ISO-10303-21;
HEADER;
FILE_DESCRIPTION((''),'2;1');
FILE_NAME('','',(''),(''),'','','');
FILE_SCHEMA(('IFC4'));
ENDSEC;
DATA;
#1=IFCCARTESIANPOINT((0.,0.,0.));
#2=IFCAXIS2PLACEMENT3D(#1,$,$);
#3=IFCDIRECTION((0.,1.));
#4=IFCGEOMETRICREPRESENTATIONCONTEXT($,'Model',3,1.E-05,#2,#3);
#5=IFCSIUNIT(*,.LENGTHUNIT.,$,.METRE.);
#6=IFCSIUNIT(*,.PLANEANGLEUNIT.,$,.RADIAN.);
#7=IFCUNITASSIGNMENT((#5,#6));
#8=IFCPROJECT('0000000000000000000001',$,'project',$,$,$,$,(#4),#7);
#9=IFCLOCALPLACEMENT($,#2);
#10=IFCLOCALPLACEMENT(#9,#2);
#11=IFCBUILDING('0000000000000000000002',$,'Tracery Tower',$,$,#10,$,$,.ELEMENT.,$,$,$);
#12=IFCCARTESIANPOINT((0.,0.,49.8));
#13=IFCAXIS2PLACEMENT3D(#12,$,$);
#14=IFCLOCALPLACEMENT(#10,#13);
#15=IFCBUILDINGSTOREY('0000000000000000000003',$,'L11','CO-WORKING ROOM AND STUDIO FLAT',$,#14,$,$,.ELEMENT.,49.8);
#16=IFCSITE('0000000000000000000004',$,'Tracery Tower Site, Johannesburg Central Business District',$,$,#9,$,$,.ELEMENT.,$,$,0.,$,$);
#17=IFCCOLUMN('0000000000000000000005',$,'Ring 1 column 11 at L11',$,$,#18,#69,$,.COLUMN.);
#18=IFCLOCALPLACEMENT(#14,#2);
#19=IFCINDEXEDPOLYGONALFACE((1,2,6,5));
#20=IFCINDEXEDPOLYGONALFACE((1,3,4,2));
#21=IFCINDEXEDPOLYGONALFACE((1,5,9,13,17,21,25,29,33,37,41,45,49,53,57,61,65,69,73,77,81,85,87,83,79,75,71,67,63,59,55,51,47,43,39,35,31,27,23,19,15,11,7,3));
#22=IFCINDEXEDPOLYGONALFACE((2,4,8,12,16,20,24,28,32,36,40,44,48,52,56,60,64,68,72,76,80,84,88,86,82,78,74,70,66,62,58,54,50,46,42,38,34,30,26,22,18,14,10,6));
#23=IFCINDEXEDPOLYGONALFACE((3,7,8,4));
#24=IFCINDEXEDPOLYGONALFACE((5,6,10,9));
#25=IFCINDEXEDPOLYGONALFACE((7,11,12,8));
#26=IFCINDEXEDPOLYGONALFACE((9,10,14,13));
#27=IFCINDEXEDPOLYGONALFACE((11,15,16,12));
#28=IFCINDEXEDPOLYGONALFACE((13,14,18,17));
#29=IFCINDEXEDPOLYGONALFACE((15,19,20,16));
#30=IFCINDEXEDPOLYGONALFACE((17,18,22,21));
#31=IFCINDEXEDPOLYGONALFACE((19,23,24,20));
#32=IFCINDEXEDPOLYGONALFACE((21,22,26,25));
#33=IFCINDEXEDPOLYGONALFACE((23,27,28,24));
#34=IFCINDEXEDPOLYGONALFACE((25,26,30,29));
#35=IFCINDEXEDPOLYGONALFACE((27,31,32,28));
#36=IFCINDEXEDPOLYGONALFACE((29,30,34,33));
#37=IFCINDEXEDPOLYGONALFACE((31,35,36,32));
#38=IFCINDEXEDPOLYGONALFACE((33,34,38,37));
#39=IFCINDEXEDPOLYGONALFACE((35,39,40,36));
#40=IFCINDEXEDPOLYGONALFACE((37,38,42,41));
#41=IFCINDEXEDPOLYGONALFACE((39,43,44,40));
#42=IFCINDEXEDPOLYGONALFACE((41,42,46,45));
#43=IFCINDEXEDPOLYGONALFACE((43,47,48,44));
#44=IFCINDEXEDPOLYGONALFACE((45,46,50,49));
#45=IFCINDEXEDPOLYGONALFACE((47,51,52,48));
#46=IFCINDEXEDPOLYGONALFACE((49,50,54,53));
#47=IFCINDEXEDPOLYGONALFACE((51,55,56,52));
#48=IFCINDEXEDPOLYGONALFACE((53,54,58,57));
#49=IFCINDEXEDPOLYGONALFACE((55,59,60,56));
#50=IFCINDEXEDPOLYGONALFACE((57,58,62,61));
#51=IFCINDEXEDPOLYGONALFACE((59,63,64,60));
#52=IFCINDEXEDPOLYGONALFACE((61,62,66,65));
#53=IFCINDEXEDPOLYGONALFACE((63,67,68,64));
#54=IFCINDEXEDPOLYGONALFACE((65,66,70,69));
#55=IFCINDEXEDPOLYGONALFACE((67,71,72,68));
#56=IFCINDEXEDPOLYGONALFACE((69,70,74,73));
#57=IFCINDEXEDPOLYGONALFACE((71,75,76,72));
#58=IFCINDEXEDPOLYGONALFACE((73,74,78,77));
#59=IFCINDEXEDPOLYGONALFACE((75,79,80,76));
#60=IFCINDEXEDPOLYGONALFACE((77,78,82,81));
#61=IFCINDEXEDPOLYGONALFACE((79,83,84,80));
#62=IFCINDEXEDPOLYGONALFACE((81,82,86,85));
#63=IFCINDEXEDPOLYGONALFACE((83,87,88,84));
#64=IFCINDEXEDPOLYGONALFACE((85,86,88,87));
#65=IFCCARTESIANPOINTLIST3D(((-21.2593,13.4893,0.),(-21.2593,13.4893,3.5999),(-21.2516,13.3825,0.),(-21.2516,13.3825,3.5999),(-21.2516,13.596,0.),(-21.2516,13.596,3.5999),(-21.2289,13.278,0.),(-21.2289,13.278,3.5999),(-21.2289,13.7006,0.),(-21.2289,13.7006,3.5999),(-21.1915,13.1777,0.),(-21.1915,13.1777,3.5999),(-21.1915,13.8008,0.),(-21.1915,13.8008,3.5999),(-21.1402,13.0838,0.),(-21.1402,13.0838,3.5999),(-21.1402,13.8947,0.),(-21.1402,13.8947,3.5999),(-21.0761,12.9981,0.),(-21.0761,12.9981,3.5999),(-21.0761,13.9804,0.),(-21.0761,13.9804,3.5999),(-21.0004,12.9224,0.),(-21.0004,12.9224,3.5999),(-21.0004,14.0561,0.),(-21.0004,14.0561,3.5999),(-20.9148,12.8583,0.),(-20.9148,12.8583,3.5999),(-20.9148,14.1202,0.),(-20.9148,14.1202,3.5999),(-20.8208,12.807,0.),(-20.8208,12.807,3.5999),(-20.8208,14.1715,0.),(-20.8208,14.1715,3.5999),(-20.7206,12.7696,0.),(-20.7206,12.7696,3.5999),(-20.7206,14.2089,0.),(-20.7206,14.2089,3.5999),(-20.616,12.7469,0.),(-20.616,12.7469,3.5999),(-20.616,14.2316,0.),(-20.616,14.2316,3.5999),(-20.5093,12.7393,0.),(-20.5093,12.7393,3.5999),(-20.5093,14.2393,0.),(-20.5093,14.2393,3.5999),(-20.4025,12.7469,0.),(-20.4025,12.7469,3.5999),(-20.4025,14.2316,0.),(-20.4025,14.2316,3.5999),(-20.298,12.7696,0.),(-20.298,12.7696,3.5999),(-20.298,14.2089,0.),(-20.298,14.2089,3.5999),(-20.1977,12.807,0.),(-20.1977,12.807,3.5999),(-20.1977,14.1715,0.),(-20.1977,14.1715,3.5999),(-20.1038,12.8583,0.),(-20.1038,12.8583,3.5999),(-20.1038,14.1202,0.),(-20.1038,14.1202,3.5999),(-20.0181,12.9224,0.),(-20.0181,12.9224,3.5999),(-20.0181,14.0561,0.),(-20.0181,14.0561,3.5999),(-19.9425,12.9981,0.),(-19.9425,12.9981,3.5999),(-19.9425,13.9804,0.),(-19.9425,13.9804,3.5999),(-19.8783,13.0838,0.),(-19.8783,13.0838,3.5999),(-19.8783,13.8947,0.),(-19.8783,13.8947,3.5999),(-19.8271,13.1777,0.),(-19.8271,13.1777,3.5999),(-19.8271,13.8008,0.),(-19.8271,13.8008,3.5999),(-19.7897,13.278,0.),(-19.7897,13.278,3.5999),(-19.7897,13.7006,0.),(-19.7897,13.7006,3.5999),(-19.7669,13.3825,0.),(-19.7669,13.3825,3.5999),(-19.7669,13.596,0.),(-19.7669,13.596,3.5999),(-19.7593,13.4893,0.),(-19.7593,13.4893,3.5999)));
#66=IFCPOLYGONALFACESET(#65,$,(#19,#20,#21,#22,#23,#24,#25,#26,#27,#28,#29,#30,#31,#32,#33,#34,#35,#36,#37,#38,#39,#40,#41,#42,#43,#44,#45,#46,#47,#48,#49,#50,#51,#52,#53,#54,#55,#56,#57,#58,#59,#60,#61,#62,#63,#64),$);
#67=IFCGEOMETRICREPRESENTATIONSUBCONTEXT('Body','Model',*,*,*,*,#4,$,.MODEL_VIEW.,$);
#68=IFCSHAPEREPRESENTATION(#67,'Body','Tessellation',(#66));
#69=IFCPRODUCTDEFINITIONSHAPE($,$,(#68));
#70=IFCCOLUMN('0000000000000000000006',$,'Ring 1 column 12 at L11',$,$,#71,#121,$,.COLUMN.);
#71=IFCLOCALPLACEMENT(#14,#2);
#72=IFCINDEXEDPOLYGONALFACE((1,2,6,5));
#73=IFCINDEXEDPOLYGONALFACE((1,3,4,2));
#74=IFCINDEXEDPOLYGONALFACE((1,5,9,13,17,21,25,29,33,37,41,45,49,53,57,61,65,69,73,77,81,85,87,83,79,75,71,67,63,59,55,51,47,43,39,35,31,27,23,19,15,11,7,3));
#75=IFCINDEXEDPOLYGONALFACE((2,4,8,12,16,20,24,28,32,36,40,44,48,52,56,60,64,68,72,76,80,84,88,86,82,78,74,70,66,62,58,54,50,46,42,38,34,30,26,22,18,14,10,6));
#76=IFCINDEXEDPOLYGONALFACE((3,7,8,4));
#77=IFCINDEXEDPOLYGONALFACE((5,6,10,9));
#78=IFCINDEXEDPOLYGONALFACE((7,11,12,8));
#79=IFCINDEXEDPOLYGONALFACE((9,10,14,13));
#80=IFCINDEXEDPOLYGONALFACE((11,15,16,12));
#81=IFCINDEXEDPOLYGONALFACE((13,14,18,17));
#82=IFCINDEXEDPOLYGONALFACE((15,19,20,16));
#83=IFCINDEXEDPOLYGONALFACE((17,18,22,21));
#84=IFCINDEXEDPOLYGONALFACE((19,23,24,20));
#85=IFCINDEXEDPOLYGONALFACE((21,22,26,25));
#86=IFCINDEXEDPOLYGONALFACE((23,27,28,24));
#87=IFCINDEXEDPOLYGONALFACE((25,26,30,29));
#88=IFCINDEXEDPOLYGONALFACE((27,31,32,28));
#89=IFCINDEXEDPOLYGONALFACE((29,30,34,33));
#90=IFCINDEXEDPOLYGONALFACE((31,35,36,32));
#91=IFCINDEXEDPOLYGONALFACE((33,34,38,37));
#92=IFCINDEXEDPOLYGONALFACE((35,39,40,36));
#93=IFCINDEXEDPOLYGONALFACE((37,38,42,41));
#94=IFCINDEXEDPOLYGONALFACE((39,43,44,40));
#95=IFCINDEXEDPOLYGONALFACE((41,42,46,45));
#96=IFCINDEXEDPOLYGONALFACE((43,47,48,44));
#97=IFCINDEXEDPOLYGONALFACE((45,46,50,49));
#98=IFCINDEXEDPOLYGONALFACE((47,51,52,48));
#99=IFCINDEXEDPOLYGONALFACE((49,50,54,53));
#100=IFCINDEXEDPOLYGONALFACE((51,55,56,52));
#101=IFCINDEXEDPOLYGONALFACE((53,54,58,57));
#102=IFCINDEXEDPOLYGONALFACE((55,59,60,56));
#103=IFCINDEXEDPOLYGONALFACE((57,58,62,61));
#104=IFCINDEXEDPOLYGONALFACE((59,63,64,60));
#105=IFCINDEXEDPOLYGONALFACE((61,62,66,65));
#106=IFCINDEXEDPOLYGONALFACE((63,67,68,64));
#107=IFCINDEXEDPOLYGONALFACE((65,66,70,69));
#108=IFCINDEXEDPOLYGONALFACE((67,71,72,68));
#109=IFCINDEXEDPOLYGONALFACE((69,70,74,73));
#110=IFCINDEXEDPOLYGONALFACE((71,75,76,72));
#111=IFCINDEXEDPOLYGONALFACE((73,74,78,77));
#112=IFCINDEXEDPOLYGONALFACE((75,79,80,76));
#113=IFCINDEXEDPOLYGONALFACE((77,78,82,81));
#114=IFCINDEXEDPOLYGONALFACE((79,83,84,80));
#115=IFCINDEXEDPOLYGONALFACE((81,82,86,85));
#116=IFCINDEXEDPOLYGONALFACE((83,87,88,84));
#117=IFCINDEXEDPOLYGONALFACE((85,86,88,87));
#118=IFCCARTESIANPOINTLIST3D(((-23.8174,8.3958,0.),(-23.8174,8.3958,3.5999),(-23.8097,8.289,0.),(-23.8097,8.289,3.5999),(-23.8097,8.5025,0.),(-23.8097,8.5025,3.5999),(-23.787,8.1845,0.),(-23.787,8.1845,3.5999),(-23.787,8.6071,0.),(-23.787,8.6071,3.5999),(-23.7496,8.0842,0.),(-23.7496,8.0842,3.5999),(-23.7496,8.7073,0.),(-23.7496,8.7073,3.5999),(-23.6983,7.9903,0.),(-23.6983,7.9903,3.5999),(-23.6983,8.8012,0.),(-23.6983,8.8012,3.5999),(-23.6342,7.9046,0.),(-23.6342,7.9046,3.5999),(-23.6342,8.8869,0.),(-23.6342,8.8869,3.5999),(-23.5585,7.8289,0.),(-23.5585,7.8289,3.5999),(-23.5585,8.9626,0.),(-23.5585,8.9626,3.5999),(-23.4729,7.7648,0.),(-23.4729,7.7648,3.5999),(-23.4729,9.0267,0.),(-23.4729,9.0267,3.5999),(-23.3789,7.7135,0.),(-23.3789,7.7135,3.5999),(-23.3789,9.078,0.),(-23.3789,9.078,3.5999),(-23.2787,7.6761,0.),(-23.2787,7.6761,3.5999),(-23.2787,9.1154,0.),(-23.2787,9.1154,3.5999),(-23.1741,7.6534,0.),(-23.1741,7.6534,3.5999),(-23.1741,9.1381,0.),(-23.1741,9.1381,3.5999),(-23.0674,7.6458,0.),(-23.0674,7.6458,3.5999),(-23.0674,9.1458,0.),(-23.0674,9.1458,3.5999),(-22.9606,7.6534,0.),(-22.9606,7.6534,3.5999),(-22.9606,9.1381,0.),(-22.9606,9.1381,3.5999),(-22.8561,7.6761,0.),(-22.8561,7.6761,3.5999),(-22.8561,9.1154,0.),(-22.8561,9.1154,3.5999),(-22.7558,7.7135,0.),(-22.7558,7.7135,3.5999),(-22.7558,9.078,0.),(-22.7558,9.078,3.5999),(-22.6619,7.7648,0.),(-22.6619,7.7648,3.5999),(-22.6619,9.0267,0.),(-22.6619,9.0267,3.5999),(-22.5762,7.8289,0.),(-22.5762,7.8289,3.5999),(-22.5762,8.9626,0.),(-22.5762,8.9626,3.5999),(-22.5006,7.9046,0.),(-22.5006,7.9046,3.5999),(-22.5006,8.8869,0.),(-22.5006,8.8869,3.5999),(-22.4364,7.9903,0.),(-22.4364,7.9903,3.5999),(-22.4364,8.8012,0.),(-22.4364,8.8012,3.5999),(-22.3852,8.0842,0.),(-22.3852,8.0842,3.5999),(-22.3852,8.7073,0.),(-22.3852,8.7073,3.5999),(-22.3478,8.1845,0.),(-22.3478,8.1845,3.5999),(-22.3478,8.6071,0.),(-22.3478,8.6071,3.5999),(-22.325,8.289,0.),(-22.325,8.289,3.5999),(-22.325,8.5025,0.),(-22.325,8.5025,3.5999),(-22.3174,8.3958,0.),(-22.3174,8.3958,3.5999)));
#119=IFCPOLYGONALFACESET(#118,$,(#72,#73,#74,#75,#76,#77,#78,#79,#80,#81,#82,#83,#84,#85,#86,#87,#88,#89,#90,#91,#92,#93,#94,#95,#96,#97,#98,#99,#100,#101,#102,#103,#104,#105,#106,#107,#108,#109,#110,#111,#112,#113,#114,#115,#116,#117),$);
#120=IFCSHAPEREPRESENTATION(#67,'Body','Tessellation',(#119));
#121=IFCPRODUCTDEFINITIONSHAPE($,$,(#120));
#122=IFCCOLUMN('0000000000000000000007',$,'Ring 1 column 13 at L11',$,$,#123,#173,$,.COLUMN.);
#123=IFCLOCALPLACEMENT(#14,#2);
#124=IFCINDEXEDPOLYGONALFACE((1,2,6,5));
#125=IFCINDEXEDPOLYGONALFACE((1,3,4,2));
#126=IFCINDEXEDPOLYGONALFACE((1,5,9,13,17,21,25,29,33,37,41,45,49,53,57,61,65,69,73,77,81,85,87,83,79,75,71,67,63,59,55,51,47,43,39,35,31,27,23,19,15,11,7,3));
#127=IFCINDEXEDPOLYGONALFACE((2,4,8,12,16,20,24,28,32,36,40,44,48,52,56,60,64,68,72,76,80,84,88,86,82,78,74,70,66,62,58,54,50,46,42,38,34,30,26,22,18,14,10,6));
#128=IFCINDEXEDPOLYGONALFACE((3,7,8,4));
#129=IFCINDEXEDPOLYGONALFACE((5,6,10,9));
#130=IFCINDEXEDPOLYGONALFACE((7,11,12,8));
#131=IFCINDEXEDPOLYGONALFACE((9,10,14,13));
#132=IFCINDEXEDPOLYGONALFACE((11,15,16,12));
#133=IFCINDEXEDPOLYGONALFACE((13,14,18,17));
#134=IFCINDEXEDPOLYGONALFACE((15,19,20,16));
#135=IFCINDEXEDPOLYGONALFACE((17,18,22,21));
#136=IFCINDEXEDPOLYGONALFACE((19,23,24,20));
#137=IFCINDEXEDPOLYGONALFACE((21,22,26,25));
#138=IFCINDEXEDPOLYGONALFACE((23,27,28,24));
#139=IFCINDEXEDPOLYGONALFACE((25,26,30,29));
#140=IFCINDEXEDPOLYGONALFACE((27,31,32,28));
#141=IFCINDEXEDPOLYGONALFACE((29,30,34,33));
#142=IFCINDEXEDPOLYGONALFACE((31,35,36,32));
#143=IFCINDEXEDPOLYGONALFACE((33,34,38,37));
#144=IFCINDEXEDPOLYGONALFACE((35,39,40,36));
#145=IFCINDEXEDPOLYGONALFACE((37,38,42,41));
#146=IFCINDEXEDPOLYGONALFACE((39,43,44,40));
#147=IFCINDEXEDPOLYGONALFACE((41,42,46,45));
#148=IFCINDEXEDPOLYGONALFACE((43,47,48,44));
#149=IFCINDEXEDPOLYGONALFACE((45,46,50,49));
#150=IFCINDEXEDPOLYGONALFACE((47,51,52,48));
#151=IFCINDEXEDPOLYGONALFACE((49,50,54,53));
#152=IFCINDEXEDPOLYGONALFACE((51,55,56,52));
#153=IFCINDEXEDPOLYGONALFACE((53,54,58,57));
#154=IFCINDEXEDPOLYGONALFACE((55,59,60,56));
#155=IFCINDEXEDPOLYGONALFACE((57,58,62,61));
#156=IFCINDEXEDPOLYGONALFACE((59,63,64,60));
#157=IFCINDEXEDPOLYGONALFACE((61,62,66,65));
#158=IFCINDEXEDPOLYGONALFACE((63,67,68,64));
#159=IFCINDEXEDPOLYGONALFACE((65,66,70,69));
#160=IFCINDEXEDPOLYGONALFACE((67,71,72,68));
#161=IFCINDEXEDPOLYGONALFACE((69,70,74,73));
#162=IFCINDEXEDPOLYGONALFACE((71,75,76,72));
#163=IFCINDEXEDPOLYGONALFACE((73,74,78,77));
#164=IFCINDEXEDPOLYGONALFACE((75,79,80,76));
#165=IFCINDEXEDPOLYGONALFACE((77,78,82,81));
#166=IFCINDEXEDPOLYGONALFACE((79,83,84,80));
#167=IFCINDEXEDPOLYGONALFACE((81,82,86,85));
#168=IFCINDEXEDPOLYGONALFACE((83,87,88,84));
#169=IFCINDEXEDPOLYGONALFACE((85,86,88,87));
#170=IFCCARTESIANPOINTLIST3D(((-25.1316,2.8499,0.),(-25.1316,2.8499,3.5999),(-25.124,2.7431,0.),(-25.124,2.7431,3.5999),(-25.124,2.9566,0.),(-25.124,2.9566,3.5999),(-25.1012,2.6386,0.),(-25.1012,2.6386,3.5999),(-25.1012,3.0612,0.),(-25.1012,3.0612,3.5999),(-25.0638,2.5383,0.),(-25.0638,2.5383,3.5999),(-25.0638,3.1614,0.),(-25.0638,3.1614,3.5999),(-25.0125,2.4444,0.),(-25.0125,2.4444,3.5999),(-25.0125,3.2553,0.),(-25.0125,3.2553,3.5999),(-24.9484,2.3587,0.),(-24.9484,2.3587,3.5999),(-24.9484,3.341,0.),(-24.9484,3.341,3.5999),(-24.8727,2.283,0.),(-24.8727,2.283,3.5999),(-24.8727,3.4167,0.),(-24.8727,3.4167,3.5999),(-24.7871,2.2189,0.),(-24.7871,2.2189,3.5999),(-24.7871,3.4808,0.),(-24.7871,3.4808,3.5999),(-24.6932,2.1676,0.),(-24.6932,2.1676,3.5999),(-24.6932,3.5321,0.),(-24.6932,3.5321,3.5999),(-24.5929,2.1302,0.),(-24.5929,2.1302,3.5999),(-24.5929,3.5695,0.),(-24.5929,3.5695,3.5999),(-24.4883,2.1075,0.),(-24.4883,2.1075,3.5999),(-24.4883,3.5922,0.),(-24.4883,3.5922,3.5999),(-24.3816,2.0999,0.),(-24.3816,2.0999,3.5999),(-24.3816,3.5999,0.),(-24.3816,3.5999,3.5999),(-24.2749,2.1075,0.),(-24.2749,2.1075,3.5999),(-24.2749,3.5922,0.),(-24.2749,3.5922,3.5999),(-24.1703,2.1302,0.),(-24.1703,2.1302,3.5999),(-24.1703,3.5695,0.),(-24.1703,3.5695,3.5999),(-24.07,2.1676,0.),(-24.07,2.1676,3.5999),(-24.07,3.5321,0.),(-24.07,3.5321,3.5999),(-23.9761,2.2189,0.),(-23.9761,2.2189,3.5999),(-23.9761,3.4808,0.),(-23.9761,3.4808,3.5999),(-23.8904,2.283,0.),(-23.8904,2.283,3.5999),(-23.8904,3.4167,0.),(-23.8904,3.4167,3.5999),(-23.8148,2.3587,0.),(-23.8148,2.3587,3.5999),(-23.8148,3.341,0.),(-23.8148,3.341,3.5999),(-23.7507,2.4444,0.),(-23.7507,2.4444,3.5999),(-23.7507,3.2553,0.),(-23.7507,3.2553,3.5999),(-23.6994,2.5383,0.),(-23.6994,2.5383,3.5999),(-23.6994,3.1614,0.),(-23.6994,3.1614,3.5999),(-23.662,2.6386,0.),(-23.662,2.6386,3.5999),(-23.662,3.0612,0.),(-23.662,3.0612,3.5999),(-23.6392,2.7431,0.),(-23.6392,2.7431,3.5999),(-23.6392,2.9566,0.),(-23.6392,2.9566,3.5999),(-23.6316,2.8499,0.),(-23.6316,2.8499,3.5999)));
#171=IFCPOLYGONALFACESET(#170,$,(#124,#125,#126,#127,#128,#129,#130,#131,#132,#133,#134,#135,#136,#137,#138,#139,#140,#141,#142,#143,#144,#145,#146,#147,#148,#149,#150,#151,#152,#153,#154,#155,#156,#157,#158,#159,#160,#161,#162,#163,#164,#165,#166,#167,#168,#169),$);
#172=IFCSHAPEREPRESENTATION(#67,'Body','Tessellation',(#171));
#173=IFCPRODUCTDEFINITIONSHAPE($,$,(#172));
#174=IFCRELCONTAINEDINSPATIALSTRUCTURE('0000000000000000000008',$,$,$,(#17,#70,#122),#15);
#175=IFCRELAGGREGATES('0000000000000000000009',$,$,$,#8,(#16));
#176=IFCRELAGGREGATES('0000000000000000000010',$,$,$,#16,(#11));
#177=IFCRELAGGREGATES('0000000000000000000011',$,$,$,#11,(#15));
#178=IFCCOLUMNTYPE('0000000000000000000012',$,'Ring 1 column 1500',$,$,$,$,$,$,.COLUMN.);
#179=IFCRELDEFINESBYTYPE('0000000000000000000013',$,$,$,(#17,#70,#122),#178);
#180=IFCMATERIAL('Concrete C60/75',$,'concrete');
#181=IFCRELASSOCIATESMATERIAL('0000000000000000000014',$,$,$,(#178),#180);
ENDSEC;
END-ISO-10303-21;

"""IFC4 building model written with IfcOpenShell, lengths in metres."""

from ifc_helpers import new_model, si_unit, direction, frame, origin, origin_2d, place, context, subcontext, project, spatial, circle, extrude, material, material_profile, profile_set, type_object, element, save


model = new_model("IFC4")

# Units and contexts
model_context = context("Model", 3, precision=1e-05, world=origin(), true_north=direction((0.0, 1.0)))
body_context = subcontext(model_context, "Body", "Model", "MODEL_VIEW")
ifc_project = project(units=[si_unit("LENGTHUNIT", "METRE"), si_unit("PLANEANGLEUNIT", "RADIAN")], contexts=[model_context])

# Site, building, storey
site_placement = place(None, origin())
site = spatial("IfcSite", under=ifc_project, at=site_placement, Name="Tracery Tower Site, Johannesburg Central Business District", CompositionType="ELEMENT", RefElevation=0.0)
building_placement = place(site_placement, origin())
building = spatial("IfcBuilding", under=site, at=building_placement, Name="Tracery Tower", CompositionType="ELEMENT")
storey_placement = place(building_placement, frame((0.0, 0.0, 49.8)))
storey = spatial("IfcBuildingStorey", under=building, at=storey_placement, Name="L11", Description="CO-WORKING ROOM AND STUDIO FLAT", CompositionType="ELEMENT", Elevation=49.8)

# Columns
ifc_material_1 = material(Name="Concrete C60/75", Category="concrete")
ifc_material_profile_1 = material_profile(ifc_material_1, circle(Radius=0.75, at=origin_2d()), Name="RC D1500")
ifc_profile_set_1 = profile_set([ifc_material_profile_1], Name="Concrete C60/75")
column_type_1 = type_object("IfcColumnType", Name="Ring 1 column 1500", PredefinedType="COLUMN", material=ifc_profile_set_1)
for number, where, z_axis, x_axis, name in (
    (1, (-20.5093, 13.4893, 0.0), (0.0, 0.0, 1.0), (1.0, 0.0, 0.0), "Ring 1 column 11 at L11"),
    (2, (-23.0674, 8.3958, 0.0), (0.0, 0.0, 1.0), (1.0, 0.0, 0.0), "Ring 1 column 12 at L11"),
    (3, (-24.3816, 2.8499, 0.0), (0.0, 0.0, 1.0), (1.0, 0.0, 0.0), "Ring 1 column 13 at L11"),
):
    element("IfcColumn", number, at=place(storey_placement, frame(where, z_axis=z_axis, x_axis=x_axis)), inside=storey, type_object=column_type_1, Name=name, PredefinedType="COLUMN", context=body_context, shape_type="SweptSolid", body=[
        extrude(circle(Radius=0.75, at=origin_2d()), origin(), (0.0, 0.0, 1.0), 3.5999),
    ])

save(model, "model.ifc")
